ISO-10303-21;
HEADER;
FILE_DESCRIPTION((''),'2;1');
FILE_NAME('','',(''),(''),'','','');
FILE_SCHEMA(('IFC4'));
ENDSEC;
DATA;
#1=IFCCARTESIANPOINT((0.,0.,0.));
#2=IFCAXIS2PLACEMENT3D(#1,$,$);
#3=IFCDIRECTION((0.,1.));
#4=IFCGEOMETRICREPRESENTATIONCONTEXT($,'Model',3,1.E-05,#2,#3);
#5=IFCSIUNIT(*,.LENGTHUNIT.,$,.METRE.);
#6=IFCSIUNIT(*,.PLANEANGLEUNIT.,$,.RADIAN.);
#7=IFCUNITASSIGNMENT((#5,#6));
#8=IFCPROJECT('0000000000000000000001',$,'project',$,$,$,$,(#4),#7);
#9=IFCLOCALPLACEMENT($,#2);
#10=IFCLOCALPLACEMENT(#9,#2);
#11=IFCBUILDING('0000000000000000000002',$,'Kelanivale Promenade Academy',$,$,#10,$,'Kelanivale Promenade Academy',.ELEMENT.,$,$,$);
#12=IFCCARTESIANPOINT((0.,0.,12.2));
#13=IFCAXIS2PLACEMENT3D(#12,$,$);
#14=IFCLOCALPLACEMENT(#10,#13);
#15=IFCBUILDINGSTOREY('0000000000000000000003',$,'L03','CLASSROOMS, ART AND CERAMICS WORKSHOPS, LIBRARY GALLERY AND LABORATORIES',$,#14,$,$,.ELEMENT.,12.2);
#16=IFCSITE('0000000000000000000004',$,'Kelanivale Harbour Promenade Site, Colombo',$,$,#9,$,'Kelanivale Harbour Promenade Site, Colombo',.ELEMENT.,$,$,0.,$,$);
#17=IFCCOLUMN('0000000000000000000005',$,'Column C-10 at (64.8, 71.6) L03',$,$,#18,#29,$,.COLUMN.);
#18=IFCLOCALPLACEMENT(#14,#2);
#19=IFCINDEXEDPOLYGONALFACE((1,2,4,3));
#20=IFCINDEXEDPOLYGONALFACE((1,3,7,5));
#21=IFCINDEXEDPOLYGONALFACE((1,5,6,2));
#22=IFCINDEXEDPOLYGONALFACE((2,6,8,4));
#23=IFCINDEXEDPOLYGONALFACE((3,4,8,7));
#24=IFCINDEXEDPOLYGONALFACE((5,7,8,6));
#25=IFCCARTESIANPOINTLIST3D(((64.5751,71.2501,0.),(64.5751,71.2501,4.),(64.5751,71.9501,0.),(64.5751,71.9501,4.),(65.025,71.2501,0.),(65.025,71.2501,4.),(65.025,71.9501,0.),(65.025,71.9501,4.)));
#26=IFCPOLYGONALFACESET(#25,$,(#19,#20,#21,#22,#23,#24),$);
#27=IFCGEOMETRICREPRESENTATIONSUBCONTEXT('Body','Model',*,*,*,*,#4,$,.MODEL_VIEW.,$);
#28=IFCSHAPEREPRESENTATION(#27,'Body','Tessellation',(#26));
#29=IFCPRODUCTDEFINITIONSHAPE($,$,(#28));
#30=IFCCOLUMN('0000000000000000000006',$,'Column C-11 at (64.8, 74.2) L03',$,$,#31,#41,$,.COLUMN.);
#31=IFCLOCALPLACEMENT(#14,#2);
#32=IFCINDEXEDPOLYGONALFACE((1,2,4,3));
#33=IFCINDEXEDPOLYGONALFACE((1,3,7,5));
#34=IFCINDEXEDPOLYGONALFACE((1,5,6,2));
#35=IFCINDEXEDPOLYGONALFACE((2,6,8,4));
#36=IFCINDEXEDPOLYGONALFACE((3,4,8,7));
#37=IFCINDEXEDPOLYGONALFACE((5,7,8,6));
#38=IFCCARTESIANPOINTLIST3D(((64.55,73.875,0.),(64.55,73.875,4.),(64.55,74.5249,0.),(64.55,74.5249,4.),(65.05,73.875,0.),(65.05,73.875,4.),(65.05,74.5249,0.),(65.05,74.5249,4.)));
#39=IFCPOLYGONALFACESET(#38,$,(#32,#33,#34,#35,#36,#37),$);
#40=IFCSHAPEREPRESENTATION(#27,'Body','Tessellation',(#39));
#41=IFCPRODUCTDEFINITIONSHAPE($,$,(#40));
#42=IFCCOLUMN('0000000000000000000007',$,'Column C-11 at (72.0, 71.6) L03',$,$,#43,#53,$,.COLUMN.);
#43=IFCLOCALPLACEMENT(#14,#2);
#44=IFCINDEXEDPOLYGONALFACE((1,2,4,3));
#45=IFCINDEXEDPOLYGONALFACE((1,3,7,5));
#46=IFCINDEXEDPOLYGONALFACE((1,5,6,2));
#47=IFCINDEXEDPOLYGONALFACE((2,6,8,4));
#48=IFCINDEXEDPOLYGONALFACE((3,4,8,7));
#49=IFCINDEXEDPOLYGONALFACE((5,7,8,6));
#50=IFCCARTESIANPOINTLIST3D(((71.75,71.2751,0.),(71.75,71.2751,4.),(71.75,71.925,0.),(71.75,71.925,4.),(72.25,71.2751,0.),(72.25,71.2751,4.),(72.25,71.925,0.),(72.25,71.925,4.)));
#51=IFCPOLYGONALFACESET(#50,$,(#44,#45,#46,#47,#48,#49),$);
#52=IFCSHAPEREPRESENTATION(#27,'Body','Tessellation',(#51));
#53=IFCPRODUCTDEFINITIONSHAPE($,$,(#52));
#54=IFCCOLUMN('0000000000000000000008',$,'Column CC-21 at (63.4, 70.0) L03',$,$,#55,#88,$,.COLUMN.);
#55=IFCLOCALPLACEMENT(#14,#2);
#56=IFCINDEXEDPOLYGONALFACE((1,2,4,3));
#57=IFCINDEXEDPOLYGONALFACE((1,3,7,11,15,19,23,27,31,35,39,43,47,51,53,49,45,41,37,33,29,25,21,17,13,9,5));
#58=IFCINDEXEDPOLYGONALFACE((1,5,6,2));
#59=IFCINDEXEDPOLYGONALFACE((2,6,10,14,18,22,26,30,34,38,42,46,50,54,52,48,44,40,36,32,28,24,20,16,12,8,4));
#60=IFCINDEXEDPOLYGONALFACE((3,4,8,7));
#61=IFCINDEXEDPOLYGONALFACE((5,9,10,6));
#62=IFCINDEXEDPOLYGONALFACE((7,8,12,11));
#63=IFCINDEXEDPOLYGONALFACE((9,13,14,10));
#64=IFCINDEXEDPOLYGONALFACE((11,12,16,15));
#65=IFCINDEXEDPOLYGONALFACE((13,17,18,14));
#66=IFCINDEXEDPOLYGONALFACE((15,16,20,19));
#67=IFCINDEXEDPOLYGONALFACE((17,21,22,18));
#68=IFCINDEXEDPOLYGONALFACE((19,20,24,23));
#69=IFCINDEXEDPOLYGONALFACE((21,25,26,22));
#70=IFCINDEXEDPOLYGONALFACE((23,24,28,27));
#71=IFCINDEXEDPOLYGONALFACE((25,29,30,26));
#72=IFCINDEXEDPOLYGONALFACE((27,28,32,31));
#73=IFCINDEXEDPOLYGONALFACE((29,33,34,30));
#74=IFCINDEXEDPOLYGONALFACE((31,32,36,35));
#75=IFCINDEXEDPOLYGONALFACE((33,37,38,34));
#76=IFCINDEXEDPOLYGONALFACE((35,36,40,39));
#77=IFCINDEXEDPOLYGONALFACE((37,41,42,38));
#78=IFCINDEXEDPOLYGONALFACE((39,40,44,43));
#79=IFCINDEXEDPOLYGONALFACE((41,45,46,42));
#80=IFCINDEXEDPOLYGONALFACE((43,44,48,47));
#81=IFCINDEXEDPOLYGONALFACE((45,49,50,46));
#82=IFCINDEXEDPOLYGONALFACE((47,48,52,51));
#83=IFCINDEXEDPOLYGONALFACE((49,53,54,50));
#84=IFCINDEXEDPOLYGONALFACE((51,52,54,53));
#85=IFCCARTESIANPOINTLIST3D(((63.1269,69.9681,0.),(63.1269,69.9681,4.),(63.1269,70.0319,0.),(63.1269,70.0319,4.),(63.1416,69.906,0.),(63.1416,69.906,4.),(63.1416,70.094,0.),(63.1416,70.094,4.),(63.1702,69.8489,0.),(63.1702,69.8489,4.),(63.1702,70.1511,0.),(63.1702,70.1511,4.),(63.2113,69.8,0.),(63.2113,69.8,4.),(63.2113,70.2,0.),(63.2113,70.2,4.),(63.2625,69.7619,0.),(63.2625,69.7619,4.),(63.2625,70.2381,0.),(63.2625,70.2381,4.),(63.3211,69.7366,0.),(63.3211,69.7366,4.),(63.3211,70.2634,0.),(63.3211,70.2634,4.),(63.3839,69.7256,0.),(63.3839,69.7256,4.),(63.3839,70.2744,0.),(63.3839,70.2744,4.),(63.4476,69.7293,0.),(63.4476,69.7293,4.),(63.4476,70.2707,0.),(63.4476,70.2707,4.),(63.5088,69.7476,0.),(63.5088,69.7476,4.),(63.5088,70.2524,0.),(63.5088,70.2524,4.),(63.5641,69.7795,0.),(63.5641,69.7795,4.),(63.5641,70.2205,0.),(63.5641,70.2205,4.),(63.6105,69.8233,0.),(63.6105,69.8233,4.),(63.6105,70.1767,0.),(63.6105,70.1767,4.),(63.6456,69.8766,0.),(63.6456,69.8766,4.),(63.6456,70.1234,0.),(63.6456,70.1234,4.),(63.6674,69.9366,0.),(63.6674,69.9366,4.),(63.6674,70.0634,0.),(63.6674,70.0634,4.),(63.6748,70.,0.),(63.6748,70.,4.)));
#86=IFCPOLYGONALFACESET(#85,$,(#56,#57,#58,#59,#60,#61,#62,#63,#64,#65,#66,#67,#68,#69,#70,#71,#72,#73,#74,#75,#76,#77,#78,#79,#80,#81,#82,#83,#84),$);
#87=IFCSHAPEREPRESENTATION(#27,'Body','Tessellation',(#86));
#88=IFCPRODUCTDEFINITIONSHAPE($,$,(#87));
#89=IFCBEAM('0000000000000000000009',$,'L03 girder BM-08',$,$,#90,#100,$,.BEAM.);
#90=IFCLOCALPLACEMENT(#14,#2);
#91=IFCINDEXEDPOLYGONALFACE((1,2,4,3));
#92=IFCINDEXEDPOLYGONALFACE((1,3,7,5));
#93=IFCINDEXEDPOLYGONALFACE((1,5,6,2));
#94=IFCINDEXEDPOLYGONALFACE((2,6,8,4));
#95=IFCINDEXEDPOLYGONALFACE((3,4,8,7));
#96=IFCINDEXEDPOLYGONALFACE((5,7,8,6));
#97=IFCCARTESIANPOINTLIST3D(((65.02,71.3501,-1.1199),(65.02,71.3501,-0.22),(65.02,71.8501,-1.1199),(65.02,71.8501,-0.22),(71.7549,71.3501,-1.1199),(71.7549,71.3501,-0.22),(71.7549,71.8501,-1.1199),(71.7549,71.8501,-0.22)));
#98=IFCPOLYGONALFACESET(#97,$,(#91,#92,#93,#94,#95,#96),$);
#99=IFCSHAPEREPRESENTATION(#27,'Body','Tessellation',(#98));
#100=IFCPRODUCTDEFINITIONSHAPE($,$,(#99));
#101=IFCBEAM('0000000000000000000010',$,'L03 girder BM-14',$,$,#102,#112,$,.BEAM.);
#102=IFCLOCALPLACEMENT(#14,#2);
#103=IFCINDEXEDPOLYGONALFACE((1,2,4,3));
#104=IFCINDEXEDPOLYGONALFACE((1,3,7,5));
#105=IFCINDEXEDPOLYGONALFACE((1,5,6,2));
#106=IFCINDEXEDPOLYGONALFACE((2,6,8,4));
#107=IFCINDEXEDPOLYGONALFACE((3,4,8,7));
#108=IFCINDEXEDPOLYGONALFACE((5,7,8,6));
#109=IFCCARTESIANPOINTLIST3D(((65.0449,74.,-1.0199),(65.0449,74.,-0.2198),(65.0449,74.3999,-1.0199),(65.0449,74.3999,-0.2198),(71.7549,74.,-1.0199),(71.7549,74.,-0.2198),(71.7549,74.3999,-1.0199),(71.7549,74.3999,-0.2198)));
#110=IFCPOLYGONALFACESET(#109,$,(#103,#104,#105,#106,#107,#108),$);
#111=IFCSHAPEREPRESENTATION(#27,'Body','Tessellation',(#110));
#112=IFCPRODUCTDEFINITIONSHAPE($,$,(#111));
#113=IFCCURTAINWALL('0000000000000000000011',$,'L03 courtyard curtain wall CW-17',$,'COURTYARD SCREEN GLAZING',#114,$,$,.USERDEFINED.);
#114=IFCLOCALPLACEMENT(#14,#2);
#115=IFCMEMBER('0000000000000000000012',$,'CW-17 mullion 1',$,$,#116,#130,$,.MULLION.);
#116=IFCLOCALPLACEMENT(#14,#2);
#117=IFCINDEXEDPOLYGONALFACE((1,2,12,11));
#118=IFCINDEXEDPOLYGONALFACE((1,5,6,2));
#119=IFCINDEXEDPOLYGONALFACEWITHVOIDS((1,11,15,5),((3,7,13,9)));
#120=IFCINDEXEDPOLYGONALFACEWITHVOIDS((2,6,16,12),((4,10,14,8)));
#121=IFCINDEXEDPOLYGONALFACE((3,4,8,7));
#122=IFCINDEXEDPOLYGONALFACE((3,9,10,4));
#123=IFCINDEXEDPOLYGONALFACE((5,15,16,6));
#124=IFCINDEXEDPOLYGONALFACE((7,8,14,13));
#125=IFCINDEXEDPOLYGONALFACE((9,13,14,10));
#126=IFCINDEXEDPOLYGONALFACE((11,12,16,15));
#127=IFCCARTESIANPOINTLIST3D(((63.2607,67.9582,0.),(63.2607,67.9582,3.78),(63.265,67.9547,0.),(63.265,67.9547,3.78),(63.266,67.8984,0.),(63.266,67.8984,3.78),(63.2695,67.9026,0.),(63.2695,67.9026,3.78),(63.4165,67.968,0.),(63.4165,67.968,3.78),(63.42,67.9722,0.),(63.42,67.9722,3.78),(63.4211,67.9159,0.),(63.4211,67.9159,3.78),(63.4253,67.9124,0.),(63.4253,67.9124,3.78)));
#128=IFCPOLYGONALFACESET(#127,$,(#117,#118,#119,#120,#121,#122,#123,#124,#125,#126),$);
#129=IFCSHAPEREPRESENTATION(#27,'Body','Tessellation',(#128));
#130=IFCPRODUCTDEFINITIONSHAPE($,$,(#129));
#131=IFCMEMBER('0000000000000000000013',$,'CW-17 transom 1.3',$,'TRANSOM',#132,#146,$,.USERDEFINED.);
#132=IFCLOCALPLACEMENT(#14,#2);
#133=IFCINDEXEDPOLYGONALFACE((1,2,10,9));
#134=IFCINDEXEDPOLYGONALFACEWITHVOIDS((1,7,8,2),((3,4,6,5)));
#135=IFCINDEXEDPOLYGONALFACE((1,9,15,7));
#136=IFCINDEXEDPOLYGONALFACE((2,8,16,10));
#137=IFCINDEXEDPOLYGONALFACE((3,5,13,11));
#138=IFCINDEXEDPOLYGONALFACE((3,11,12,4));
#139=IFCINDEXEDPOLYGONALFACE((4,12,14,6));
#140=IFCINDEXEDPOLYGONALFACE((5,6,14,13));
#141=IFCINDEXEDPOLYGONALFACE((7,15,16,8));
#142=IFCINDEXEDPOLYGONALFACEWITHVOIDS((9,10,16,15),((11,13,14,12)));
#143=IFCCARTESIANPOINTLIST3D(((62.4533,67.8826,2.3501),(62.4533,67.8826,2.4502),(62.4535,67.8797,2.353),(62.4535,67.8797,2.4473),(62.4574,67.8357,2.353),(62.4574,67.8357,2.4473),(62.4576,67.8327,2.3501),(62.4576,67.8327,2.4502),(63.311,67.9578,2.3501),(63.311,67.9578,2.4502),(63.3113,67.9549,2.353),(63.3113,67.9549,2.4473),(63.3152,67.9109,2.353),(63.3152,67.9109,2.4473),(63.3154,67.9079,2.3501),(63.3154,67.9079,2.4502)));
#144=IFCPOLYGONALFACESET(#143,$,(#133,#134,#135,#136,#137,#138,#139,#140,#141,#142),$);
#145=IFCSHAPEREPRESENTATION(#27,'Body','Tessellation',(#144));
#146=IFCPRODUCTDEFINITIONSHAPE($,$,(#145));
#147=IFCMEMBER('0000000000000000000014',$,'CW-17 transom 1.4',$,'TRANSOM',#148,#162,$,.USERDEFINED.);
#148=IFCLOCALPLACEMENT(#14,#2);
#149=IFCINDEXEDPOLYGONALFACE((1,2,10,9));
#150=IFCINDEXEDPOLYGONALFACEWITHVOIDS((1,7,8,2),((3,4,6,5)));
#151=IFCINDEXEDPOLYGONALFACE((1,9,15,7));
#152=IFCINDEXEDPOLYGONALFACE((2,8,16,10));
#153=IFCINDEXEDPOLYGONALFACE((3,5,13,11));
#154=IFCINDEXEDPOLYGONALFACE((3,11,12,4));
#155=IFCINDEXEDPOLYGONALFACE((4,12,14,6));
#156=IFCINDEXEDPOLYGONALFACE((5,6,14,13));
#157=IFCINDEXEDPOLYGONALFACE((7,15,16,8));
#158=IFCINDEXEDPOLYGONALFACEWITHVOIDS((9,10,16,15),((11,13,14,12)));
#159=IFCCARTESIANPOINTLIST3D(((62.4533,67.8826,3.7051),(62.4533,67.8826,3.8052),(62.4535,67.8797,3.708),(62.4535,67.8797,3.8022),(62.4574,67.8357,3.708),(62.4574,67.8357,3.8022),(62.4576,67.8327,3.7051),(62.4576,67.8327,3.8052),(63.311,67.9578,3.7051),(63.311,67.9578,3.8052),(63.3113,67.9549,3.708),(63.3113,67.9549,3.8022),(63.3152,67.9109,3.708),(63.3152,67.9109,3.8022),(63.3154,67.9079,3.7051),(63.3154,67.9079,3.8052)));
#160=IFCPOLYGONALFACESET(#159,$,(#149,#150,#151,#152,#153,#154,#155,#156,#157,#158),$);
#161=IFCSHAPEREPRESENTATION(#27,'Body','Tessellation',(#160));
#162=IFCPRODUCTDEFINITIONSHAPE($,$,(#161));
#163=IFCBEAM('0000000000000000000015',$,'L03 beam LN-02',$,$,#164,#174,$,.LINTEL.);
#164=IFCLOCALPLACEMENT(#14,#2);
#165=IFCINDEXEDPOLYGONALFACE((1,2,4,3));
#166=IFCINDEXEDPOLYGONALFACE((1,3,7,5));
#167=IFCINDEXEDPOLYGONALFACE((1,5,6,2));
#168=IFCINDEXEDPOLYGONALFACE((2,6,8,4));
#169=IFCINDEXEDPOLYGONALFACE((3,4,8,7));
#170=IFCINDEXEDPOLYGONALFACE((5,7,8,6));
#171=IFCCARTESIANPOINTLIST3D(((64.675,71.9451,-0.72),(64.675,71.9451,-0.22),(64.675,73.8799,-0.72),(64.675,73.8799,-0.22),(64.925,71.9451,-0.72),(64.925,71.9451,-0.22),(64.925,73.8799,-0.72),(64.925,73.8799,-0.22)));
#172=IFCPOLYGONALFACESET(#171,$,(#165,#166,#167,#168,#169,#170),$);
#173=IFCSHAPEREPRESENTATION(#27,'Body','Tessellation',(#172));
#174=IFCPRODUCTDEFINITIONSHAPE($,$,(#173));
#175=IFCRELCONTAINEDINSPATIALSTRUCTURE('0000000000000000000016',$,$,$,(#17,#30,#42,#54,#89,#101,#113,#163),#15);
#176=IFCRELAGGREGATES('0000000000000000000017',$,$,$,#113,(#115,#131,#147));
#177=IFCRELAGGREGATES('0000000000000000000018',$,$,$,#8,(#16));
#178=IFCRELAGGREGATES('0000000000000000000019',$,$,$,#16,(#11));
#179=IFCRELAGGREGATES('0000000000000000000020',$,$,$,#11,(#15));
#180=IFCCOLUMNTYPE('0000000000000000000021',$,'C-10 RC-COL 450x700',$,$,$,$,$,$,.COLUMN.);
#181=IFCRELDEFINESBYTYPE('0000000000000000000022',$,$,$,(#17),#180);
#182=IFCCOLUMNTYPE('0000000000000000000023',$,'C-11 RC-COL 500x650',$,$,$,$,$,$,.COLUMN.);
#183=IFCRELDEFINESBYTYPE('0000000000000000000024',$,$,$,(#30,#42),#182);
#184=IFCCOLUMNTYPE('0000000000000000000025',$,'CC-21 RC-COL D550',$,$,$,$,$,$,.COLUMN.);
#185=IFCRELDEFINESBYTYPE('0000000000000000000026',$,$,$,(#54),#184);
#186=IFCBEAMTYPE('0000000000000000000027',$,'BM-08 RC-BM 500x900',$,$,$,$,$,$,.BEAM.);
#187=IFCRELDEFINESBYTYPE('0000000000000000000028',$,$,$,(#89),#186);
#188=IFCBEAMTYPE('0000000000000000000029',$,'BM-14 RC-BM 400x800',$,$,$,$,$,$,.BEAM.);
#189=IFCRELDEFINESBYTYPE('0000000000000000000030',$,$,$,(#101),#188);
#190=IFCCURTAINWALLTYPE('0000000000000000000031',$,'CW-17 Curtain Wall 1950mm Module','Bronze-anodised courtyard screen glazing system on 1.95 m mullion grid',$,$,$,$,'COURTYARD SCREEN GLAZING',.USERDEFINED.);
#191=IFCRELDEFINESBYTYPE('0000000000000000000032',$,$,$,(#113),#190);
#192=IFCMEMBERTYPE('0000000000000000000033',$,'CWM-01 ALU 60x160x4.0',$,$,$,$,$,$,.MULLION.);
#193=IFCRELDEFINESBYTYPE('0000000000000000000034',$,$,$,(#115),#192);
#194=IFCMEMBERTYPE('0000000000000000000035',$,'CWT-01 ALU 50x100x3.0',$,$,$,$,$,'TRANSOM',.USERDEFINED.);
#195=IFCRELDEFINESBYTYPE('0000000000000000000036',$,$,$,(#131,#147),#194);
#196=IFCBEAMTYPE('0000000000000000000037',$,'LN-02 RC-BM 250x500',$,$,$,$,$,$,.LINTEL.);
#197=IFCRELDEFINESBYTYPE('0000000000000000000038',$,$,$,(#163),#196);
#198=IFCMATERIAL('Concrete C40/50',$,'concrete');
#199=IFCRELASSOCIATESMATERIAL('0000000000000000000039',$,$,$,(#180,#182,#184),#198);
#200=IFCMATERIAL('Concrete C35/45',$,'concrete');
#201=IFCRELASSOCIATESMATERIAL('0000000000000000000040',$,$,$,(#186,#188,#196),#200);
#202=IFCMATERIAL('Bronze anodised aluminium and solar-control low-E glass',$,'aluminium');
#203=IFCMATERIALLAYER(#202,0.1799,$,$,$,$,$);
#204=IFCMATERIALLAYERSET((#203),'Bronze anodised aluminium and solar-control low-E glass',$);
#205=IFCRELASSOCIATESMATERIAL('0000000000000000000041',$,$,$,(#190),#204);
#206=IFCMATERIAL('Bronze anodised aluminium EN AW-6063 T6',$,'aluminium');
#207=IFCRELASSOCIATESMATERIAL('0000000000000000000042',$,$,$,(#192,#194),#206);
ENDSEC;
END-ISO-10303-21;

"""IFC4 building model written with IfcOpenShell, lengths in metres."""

from ifc_helpers import new_model, si_unit, direction, frame, origin, origin_2d, place, context, subcontext, project, spatial, rectangle, hollow_rectangle, circle, extrude, material, layer, layer_set, material_profile, profile_set, type_object, element, aggregate, save


model = new_model("IFC4")

# Units and contexts
model_context = context("Model", 3, precision=1e-05, world=origin(), true_north=direction((0.0, 1.0)))
body_context = subcontext(model_context, "Body", "Model", "MODEL_VIEW")
ifc_project = project(units=[si_unit("LENGTHUNIT", "METRE"), si_unit("PLANEANGLEUNIT", "RADIAN")], contexts=[model_context])

# Site, building, storey
site_placement = place(None, origin())
site = spatial("IfcSite", under=ifc_project, at=site_placement, Name="Kelanivale Harbour Promenade Site, Colombo", LongName="Kelanivale Harbour Promenade Site, Colombo", CompositionType="ELEMENT", RefElevation=0.0)
building_placement = place(site_placement, origin())
building = spatial("IfcBuilding", under=site, at=building_placement, Name="Kelanivale Promenade Academy", LongName="Kelanivale Promenade Academy", CompositionType="ELEMENT")
storey_placement = place(building_placement, frame((0.0, 0.0, 12.2)))
storey = spatial("IfcBuildingStorey", under=building, at=storey_placement, Name="L03", Description="CLASSROOMS, ART AND CERAMICS WORKSHOPS, LIBRARY GALLERY AND LABORATORIES", CompositionType="ELEMENT", Elevation=12.2)

# Columns
ifc_material_1 = material(Name="Concrete C40/50", Category="concrete")
ifc_material_profile_1 = material_profile(ifc_material_1, rectangle(XDim=0.45, YDim=0.7, at=origin_2d()), Name="RC-COL 450x700")
ifc_profile_set_1 = profile_set([ifc_material_profile_1], Name="Concrete C40/50")
column_type_1 = type_object("IfcColumnType", Name="C-10 RC-COL 450x700", PredefinedType="COLUMN", material=ifc_profile_set_1)
column_1_placement = place(storey_placement, frame((64.8, 71.6001, 0.0), z_axis=(0.0, 0.0, 1.0), x_axis=(1.0, 0.0, 0.0)))
element("IfcColumn", 1, at=column_1_placement, inside=storey, type_object=column_type_1, Name="Column C-10 at (64.8, 71.6) L03", PredefinedType="COLUMN", context=body_context, shape_type="SweptSolid", body=[
    extrude(rectangle(XDim=0.45, YDim=0.7, at=origin_2d()), origin(), (0.0, 0.0, 1.0), 4.0),
])
ifc_material_profile_2 = material_profile(ifc_material_1, rectangle(XDim=0.5, YDim=0.6499, at=origin_2d()), Name="RC-COL 500x650")
ifc_profile_set_2 = profile_set([ifc_material_profile_2], Name="Concrete C40/50")
column_type_2 = type_object("IfcColumnType", Name="C-11 RC-COL 500x650", PredefinedType="COLUMN", material=ifc_profile_set_2)
for number, where, z_axis, x_axis, name in (
    (2, (64.8, 74.2, 0.0), (0.0, 0.0, 1.0), (1.0, 0.0, 0.0), "Column C-11 at (64.8, 74.2) L03"),
    (3, (72.0, 71.6001, 0.0), (0.0, 0.0, 1.0), (1.0, 0.0, 0.0), "Column C-11 at (72.0, 71.6) L03"),
):
    element("IfcColumn", number, at=place(storey_placement, frame(where, z_axis=z_axis, x_axis=x_axis)), inside=storey, type_object=column_type_2, Name=name, PredefinedType="COLUMN", context=body_context, shape_type="SweptSolid", body=[
        extrude(rectangle(XDim=0.5, YDim=0.6499, at=origin_2d()), origin(), (0.0, 0.0, 1.0), 4.0),
    ])
ifc_material_profile_3 = material_profile(ifc_material_1, circle(Radius=0.2749, at=origin_2d()), Name="RC-COL D550")
ifc_profile_set_3 = profile_set([ifc_material_profile_3], Name="Concrete C40/50")
column_type_3 = type_object("IfcColumnType", Name="CC-21 RC-COL D550", PredefinedType="COLUMN", material=ifc_profile_set_3)
column_2_placement = place(storey_placement, frame((63.3999, 70.0, 0.0), z_axis=(0.0, 0.0, 1.0), x_axis=(1.0, 0.0, 0.0)))
element("IfcColumn", 4, at=column_2_placement, inside=storey, type_object=column_type_3, Name="Column CC-21 at (63.4, 70.0) L03", PredefinedType="COLUMN", context=body_context, shape_type="SweptSolid", body=[
    extrude(circle(Radius=0.2749, at=origin_2d()), origin(), (0.0, 0.0, 1.0), 4.0),
])

# Beams
ifc_material_2 = material(Name="Concrete C35/45", Category="concrete")
ifc_material_profile_4 = material_profile(ifc_material_2, rectangle(XDim=0.5, YDim=0.8999, at=origin_2d()), Name="RC-BM 500x900")
ifc_profile_set_4 = profile_set([ifc_material_profile_4], Name="Concrete C35/45")
beam_type_1 = type_object("IfcBeamType", Name="BM-08 RC-BM 500x900", PredefinedType="BEAM", material=ifc_profile_set_4)
beam_1_placement = place(storey_placement, frame((65.02, 71.6001, -0.6699), z_axis=(1.0, 0.0, 0.0), x_axis=(0.0, 1.0, 0.0)))
element("IfcBeam", 5, at=beam_1_placement, inside=storey, type_object=beam_type_1, Name="L03 girder BM-08", PredefinedType="BEAM", context=body_context, shape_type="SweptSolid", body=[
    extrude(rectangle(XDim=0.5, YDim=0.8999, at=origin_2d()), origin(), (0.0, 0.0, 1.0), 6.7349),
])
ifc_material_profile_5 = material_profile(ifc_material_2, rectangle(XDim=0.3999, YDim=0.8, at=origin_2d()), Name="RC-BM 400x800")
ifc_profile_set_5 = profile_set([ifc_material_profile_5], Name="Concrete C35/45")
beam_type_2 = type_object("IfcBeamType", Name="BM-14 RC-BM 400x800", PredefinedType="BEAM", material=ifc_profile_set_5)
beam_2_placement = place(storey_placement, frame((65.0449, 74.2, -0.6199), z_axis=(1.0, 0.0, 0.0), x_axis=(0.0, 1.0, 0.0)))
element("IfcBeam", 6, at=beam_2_placement, inside=storey, type_object=beam_type_2, Name="L03 girder BM-14", PredefinedType="BEAM", context=body_context, shape_type="SweptSolid", body=[
    extrude(rectangle(XDim=0.3999, YDim=0.8, at=origin_2d()), origin(), (0.0, 0.0, 1.0), 6.71),
])

# Curtain wall, members
ifc_material_3 = material(Name="Bronze anodised aluminium and solar-control low-E glass", Category="aluminium")
ifc_layer_1 = layer(ifc_material_3, 0.1799)
ifc_layer_set_1 = layer_set([ifc_layer_1], Name="Bronze anodised aluminium and solar-control low-E glass")
curtain_wall_type = type_object("IfcCurtainWallType", Name="CW-17 Curtain Wall 1950mm Module", Description="Bronze-anodised courtyard screen glazing system on 1.95 m mullion grid", ElementType="COURTYARD SCREEN GLAZING", PredefinedType="USERDEFINED", material=ifc_layer_set_1)
curtain_wall_placement = place(storey_placement, origin())
curtain_wall = element("IfcCurtainWall", 7, at=curtain_wall_placement, inside=storey, type_object=curtain_wall_type, Name="L03 courtyard curtain wall CW-17", ObjectType="COURTYARD SCREEN GLAZING", PredefinedType="USERDEFINED")
ifc_material_4 = material(Name="Bronze anodised aluminium EN AW-6063 T6", Category="aluminium")
ifc_material_profile_6 = material_profile(ifc_material_4, hollow_rectangle(XDim=0.0601, YDim=0.1599, WallThickness=0.0039, at=origin_2d()), Name="ALU 60x160x4.0")
ifc_profile_set_6 = profile_set([ifc_material_profile_6], Name="Bronze anodised aluminium EN AW-6063 T6")
member_type_1 = type_object("IfcMemberType", Name="CWM-01 ALU 60x160x4.0", PredefinedType="MULLION", material=ifc_profile_set_6)
member_1_placement = place(storey_placement, frame((63.343, 67.9353, 0.0), z_axis=(0.0, 0.0, 1.0), x_axis=(0.087265, -0.996185, 0.0)))
member_1 = element("IfcMember", 8, at=member_1_placement, type_object=member_type_1, Name="CW-17 mullion 1", PredefinedType="MULLION", context=body_context, shape_type="SweptSolid", body=[
    extrude(hollow_rectangle(XDim=0.0601, YDim=0.1599, WallThickness=0.0039, at=origin_2d()), origin(), (0.0, 0.0, 1.0), 3.78),
])
ifc_material_profile_7 = material_profile(ifc_material_4, hollow_rectangle(XDim=0.05, YDim=0.1001, WallThickness=0.0029, at=origin_2d()), Name="ALU 50x100x3.0")
ifc_profile_set_7 = profile_set([ifc_material_profile_7], Name="Bronze anodised aluminium EN AW-6063 T6")
member_type_2 = type_object("IfcMemberType", Name="CWT-01 ALU 50x100x3.0", ElementType="TRANSOM", PredefinedType="USERDEFINED", material=ifc_profile_set_7)
member_2_placement = place(storey_placement, frame((63.3132, 67.9329, 2.4001), z_axis=(-0.996181, -0.087315, 0.0), x_axis=(0.087315, -0.996181, 0.0)))
member_2 = element("IfcMember", 9, at=member_2_placement, type_object=member_type_2, Name="CW-17 transom 1.3", ObjectType="TRANSOM", PredefinedType="USERDEFINED", context=body_context, shape_type="SweptSolid", body=[
    extrude(hollow_rectangle(XDim=0.05, YDim=0.1001, WallThickness=0.0029, at=origin_2d()), origin(), (0.0, 0.0, 1.0), 0.8611),
])
member_3_placement = place(storey_placement, frame((63.3132, 67.9329, 3.7551), z_axis=(-0.996181, -0.087315, 0.0), x_axis=(0.087315, -0.996181, 0.0)))
member_3 = element("IfcMember", 10, at=member_3_placement, type_object=member_type_2, Name="CW-17 transom 1.4", ObjectType="TRANSOM", PredefinedType="USERDEFINED", context=body_context, shape_type="SweptSolid", body=[
    extrude(hollow_rectangle(XDim=0.05, YDim=0.1001, WallThickness=0.0029, at=origin_2d()), origin(), (0.0, 0.0, 1.0), 0.8611),
])
aggregate(curtain_wall, [member_1, member_2, member_3])

# Beam
ifc_material_profile_8 = material_profile(ifc_material_2, rectangle(XDim=0.25, YDim=0.5, at=origin_2d()), Name="RC-BM 250x500")
ifc_profile_set_8 = profile_set([ifc_material_profile_8], Name="Concrete C35/45")
beam_type_3 = type_object("IfcBeamType", Name="LN-02 RC-BM 250x500", PredefinedType="LINTEL", material=ifc_profile_set_8)
beam_3_placement = place(storey_placement, frame((64.8, 71.9451, -0.47), z_axis=(0.0, 1.0, 0.0), x_axis=(-1.0, 0.0, 0.0)))
element("IfcBeam", 11, at=beam_3_placement, inside=storey, type_object=beam_type_3, Name="L03 beam LN-02", PredefinedType="LINTEL", context=body_context, shape_type="SweptSolid", body=[
    extrude(rectangle(XDim=0.25, YDim=0.5, at=origin_2d()), origin(), (0.0, 0.0, 1.0), 1.9348),
])

save(model, "model.ifc")
